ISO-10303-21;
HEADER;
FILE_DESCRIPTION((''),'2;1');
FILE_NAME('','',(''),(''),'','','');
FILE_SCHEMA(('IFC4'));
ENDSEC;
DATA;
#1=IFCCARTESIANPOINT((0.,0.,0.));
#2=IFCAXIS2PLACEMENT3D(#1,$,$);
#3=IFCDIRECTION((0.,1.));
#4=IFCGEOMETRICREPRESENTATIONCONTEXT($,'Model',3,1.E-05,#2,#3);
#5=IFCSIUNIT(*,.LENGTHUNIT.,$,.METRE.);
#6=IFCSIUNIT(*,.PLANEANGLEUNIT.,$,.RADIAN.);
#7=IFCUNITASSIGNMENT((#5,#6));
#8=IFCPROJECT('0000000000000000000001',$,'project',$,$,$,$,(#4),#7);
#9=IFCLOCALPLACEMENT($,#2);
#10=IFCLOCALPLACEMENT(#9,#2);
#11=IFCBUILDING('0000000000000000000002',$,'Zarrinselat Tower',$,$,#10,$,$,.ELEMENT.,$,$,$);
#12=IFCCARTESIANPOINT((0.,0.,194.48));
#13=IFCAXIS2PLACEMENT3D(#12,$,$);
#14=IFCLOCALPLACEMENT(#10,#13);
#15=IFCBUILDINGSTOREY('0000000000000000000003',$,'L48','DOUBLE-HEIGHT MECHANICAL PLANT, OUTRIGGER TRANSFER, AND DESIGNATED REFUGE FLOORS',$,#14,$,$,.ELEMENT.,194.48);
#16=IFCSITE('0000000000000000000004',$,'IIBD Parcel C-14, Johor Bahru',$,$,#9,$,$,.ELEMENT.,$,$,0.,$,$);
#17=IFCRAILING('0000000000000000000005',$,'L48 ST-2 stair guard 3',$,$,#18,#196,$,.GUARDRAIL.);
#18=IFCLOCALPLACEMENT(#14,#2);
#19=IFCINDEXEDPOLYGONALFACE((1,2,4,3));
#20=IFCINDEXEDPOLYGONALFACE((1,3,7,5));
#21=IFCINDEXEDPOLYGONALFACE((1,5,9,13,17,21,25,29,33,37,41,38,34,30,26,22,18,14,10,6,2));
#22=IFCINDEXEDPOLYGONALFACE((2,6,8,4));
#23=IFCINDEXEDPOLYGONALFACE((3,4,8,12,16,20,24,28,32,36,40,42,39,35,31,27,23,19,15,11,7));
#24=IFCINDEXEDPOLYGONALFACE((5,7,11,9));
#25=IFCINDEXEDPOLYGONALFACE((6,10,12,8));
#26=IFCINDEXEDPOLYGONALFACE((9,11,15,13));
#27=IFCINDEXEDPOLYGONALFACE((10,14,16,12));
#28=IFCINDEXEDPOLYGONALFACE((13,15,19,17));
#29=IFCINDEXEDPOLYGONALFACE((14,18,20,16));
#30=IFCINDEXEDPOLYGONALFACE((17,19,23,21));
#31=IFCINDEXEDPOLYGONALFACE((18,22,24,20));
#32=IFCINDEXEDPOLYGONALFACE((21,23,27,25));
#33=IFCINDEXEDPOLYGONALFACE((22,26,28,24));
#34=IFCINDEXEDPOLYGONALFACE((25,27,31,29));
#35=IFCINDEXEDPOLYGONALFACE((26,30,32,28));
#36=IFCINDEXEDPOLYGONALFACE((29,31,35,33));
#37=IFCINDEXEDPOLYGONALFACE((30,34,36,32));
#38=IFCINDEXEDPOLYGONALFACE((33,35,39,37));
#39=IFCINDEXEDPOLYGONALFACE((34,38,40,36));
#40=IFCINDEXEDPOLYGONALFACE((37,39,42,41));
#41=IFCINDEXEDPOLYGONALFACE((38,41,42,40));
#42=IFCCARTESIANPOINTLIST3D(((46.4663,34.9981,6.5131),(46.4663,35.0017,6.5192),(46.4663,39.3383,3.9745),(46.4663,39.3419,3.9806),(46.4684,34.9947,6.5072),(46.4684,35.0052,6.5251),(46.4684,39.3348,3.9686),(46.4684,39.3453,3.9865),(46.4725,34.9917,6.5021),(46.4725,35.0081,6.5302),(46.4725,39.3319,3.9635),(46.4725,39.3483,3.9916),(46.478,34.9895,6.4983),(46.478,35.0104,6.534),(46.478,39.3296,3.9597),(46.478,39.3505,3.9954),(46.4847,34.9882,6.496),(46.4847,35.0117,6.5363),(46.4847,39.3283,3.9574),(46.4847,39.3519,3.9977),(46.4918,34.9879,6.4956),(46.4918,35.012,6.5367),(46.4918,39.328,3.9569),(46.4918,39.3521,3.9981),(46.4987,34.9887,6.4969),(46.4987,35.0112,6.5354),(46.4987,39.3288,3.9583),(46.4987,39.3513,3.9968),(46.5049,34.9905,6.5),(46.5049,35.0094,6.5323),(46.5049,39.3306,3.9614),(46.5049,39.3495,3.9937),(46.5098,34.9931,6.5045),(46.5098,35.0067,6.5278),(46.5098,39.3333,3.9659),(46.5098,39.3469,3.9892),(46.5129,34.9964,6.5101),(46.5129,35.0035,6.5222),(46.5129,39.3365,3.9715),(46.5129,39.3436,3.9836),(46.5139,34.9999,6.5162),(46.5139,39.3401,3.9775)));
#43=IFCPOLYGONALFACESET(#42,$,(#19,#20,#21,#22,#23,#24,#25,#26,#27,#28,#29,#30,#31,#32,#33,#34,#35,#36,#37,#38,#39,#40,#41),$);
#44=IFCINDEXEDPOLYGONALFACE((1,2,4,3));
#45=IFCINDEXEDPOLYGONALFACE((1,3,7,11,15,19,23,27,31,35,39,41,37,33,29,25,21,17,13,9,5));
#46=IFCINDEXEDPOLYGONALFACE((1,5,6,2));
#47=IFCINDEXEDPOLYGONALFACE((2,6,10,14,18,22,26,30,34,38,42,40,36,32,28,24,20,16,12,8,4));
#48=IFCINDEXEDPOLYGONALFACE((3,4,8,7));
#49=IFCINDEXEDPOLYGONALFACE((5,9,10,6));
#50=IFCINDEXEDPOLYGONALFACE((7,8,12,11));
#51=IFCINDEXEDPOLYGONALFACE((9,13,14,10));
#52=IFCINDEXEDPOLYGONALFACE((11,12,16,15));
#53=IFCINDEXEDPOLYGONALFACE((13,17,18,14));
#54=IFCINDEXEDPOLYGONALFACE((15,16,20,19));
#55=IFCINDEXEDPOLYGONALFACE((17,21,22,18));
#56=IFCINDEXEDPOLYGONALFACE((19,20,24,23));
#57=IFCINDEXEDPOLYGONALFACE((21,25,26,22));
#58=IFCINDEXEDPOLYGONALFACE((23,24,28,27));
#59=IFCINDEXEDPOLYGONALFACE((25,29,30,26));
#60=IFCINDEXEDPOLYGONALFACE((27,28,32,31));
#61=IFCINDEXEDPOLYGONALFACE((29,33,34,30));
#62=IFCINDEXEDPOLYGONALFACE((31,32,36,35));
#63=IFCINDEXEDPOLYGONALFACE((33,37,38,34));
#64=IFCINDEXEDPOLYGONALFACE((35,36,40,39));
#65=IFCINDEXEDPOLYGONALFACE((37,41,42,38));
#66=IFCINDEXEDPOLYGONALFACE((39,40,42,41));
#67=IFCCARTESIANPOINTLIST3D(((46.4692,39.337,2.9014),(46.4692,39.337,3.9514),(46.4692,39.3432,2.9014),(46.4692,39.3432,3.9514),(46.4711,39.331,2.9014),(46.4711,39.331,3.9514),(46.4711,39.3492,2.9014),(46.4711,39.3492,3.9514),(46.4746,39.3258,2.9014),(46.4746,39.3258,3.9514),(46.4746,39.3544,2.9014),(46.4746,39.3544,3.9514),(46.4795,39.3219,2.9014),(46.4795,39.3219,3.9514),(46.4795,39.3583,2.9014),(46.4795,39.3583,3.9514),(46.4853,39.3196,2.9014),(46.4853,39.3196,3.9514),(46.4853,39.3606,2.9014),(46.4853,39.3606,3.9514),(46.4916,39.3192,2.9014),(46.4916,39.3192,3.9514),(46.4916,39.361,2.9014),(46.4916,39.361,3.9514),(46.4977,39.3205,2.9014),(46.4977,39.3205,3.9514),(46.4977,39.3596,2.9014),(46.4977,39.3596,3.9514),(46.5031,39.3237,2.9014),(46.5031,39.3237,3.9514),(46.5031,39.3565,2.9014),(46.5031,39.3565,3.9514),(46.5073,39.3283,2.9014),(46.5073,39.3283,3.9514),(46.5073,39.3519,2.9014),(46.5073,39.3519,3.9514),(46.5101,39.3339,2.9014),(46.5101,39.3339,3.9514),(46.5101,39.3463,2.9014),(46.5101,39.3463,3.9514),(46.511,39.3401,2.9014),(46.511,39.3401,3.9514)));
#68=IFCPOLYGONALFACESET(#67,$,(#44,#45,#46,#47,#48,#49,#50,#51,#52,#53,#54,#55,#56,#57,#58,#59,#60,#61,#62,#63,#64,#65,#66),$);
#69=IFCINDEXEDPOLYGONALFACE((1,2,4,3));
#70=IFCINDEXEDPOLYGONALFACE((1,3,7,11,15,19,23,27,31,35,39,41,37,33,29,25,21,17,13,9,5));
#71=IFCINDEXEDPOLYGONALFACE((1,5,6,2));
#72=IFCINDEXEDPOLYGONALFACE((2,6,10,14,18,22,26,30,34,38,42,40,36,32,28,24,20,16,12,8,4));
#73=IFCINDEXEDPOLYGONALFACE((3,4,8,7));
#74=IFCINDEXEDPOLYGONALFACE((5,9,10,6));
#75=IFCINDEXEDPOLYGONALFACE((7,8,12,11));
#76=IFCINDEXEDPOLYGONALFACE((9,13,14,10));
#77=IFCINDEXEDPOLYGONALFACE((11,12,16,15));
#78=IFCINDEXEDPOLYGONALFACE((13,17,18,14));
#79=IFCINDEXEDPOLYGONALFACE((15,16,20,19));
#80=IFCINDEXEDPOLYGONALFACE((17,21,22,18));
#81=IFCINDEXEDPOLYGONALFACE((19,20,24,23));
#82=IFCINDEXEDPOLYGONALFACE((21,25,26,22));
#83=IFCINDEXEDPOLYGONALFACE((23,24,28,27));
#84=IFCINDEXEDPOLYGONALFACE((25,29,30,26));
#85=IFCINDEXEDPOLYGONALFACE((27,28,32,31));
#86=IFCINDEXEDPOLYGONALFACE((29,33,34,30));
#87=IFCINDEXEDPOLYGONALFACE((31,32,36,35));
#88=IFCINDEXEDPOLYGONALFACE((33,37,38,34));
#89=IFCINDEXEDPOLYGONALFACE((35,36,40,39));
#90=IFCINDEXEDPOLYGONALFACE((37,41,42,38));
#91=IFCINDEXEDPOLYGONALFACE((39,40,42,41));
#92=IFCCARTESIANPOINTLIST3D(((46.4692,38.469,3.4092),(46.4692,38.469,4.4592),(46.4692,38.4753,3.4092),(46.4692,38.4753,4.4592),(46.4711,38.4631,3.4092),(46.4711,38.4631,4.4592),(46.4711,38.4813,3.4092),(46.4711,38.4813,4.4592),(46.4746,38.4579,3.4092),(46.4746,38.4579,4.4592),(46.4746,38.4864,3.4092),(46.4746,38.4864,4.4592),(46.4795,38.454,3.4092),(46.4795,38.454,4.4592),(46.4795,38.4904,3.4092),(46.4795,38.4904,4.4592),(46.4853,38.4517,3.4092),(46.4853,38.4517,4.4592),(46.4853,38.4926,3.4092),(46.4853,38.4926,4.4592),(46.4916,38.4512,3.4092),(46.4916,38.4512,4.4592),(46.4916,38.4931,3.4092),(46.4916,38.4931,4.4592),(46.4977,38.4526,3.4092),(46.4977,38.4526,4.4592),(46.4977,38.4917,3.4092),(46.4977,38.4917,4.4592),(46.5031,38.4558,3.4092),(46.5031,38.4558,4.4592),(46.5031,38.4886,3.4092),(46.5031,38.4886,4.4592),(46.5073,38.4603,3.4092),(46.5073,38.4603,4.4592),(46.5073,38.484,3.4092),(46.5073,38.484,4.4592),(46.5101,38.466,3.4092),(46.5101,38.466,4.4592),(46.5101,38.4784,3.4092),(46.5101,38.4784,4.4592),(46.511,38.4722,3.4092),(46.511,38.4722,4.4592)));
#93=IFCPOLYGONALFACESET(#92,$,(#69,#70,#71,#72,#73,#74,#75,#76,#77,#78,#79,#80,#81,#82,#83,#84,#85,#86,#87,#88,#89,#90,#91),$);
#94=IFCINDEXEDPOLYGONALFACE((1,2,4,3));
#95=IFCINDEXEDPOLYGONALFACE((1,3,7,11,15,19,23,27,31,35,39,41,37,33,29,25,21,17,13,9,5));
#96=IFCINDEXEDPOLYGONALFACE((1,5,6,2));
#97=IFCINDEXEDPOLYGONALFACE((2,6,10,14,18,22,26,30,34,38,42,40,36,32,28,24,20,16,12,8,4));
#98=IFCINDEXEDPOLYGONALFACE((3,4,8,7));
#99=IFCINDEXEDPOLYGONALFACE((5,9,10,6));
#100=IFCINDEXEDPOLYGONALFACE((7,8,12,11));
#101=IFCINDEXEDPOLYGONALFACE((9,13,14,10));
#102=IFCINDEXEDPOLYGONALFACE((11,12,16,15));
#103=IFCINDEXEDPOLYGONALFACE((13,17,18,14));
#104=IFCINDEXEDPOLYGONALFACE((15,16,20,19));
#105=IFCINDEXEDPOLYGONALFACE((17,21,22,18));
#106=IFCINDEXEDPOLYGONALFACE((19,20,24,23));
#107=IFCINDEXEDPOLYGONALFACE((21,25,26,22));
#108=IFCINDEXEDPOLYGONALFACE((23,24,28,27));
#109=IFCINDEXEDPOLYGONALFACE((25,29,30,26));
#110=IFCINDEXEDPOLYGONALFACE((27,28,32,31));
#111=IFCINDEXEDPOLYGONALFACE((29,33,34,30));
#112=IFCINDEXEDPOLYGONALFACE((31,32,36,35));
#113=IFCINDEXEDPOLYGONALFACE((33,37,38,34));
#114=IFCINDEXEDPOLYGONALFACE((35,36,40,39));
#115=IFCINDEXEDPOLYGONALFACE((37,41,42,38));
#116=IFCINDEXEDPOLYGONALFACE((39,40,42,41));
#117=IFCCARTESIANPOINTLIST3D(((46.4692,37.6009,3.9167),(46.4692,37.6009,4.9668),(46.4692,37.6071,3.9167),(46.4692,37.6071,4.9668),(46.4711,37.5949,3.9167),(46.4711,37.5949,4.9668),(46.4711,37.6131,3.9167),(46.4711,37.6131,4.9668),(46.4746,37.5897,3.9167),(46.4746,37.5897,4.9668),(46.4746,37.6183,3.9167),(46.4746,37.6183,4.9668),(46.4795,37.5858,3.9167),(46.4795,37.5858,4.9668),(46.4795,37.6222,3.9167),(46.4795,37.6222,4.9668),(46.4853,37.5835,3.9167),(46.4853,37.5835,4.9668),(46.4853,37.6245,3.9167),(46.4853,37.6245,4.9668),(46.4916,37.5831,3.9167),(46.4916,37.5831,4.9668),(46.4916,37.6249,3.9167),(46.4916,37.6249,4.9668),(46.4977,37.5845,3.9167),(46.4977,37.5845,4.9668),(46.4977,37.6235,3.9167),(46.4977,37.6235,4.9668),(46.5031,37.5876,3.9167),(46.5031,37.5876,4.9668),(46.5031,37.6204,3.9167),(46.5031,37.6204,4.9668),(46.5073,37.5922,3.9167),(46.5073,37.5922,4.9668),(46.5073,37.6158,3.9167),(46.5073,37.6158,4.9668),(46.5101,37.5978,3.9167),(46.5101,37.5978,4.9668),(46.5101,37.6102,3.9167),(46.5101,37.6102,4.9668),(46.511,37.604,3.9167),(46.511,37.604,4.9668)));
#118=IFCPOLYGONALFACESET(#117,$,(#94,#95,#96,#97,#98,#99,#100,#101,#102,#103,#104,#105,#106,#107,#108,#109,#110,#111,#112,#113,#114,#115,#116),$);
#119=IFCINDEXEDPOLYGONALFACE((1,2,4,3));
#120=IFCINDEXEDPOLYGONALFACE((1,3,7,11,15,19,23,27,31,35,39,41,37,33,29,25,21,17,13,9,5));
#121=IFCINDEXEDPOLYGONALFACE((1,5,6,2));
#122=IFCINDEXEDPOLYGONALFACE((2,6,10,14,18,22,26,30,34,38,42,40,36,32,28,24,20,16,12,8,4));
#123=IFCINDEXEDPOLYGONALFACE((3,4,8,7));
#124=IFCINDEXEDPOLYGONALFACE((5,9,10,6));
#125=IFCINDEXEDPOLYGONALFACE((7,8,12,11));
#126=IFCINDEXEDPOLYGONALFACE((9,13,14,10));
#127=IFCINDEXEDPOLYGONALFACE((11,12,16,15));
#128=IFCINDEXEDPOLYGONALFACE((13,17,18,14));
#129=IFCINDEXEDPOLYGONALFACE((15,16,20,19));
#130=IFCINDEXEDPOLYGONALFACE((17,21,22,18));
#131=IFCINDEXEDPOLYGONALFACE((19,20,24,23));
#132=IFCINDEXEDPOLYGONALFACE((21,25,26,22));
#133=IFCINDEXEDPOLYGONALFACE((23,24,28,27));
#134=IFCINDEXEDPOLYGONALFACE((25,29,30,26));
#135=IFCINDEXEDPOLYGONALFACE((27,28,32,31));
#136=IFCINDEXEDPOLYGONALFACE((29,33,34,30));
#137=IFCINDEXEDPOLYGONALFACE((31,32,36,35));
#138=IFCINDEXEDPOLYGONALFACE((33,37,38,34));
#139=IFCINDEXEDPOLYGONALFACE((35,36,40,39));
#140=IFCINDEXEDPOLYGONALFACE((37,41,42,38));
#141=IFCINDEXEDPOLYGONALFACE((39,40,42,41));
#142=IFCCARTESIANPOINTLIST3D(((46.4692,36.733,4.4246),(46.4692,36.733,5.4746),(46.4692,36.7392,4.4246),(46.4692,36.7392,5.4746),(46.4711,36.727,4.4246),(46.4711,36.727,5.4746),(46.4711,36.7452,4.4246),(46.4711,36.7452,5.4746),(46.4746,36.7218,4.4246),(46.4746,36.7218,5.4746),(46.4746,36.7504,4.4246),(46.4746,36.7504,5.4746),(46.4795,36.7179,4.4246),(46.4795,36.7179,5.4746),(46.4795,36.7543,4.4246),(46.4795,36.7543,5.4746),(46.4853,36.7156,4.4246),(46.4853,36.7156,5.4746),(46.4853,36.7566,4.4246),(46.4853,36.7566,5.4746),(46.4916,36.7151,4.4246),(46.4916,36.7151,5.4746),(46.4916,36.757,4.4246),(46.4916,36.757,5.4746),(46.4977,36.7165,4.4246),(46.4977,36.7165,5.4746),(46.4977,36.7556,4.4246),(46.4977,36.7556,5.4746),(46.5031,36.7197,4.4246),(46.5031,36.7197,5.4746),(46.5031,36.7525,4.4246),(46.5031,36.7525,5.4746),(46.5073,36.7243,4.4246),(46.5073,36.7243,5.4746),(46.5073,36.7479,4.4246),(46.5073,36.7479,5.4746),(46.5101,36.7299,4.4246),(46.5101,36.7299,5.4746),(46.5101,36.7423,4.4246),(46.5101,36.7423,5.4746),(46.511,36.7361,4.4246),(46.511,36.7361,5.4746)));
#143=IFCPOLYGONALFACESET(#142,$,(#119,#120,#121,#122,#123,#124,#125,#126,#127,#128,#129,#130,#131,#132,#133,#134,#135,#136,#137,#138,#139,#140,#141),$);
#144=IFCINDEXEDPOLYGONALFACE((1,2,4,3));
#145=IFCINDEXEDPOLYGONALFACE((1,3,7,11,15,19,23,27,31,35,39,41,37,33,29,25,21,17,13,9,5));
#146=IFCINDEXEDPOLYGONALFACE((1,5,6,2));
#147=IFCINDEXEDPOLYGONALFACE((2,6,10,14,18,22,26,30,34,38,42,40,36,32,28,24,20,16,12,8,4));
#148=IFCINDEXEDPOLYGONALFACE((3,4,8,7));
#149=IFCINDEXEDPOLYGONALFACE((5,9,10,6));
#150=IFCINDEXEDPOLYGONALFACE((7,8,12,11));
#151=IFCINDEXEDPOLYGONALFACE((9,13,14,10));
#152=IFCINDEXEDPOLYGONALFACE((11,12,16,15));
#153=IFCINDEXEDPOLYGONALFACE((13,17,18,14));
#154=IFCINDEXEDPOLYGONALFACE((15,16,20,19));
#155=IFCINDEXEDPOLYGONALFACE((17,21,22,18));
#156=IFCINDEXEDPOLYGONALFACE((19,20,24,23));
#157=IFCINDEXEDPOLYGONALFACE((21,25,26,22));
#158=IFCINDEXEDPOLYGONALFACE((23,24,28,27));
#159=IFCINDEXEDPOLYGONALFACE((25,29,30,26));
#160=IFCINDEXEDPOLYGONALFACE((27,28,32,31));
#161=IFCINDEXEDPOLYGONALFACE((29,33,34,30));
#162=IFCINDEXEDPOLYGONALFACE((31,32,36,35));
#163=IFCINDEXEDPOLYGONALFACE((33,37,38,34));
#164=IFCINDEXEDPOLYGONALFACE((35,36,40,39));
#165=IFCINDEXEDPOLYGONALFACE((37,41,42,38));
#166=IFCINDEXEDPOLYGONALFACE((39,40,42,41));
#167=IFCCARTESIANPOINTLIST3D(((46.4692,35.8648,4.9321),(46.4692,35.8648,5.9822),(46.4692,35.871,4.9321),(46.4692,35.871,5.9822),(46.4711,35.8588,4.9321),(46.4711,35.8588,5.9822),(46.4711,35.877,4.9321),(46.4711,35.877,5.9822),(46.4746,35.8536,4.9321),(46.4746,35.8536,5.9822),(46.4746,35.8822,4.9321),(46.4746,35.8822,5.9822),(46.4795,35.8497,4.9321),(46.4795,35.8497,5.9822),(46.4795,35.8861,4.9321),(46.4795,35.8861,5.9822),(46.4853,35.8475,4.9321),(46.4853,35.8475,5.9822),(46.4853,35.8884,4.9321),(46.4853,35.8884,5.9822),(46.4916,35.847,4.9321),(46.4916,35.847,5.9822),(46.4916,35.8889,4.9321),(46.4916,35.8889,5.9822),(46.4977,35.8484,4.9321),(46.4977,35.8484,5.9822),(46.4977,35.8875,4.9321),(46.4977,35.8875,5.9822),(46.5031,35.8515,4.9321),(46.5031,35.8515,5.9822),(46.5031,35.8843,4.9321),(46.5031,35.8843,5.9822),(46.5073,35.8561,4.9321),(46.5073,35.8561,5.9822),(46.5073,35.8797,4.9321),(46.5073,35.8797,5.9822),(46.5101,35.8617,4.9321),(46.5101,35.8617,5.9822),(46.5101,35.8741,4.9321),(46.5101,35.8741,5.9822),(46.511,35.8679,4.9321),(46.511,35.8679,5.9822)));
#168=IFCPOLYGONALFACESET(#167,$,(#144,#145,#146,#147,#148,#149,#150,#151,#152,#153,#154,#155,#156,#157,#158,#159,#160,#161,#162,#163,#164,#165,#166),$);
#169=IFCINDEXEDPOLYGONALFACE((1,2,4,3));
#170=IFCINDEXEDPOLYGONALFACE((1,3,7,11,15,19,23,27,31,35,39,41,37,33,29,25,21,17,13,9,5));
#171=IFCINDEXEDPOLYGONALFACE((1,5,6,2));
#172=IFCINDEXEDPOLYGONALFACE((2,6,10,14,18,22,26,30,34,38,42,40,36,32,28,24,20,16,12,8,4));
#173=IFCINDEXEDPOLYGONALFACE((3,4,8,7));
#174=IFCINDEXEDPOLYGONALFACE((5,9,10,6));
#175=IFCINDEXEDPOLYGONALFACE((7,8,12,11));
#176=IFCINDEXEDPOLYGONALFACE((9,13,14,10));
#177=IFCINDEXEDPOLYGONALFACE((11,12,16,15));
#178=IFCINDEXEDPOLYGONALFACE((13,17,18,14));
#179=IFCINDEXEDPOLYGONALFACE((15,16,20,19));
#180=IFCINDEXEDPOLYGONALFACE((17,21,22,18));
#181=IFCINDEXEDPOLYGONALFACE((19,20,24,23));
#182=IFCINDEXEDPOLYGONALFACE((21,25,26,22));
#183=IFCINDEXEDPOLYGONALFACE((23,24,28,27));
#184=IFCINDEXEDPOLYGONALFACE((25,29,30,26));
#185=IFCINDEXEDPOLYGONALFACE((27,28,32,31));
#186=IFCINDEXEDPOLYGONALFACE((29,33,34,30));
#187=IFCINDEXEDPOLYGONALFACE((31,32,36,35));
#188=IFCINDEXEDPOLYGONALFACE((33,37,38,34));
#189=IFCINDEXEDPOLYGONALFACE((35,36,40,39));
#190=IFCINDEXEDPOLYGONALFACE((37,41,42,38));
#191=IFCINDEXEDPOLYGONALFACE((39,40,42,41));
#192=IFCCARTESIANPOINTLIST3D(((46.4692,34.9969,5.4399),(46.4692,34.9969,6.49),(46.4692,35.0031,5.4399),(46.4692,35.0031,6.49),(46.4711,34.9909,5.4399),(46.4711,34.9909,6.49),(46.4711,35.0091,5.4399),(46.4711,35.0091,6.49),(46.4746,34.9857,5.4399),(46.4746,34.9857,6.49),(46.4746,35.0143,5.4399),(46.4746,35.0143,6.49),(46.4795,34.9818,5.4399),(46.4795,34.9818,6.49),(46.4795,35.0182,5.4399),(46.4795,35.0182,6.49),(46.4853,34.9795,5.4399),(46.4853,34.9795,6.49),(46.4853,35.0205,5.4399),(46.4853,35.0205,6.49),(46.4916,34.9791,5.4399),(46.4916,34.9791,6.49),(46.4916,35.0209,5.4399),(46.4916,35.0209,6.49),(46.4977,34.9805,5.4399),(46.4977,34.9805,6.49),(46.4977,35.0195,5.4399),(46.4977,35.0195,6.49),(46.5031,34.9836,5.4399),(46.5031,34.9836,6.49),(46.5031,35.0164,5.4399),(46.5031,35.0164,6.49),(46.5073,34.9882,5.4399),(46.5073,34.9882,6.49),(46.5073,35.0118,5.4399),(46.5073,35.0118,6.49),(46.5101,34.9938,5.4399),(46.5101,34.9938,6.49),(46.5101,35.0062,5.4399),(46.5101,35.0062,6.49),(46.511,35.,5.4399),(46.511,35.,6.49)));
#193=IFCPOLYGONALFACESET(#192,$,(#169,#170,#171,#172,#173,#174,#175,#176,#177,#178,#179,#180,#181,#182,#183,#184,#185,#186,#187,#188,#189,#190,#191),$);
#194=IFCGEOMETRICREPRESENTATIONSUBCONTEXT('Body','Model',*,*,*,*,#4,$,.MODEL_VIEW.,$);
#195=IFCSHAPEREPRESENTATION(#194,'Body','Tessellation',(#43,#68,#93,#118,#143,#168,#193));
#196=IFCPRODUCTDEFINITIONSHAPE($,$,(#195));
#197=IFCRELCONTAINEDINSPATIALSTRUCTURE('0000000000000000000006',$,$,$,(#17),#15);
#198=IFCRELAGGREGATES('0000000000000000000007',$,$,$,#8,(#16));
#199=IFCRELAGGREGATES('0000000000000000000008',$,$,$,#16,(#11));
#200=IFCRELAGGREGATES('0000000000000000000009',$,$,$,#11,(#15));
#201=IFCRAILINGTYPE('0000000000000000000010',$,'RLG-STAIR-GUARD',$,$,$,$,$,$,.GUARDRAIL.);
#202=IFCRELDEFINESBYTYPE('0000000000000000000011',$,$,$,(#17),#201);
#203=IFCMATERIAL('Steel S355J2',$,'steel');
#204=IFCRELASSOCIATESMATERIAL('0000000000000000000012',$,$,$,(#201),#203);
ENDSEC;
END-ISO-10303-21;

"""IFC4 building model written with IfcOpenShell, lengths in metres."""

from ifc_helpers import new_model, si_unit, direction, frame, origin, origin_2d, place, context, subcontext, project, spatial, circle, extrude, material, type_object, element, save


model = new_model("IFC4")

# Units and contexts
model_context = context("Model", 3, precision=1e-05, world=origin(), true_north=direction((0.0, 1.0)))
body_context = subcontext(model_context, "Body", "Model", "MODEL_VIEW")
ifc_project = project(units=[si_unit("LENGTHUNIT", "METRE"), si_unit("PLANEANGLEUNIT", "RADIAN")], contexts=[model_context])

# Site, building, storey
site_placement = place(None, origin())
site = spatial("IfcSite", under=ifc_project, at=site_placement, Name="IIBD Parcel C-14, Johor Bahru", CompositionType="ELEMENT", RefElevation=0.0)
building_placement = place(site_placement, origin())
building = spatial("IfcBuilding", under=site, at=building_placement, Name="Zarrinselat Tower", CompositionType="ELEMENT")
storey_placement = place(building_placement, frame((0.0, 0.0, 194.48)))
storey = spatial("IfcBuildingStorey", under=building, at=storey_placement, Name="L48", Description="DOUBLE-HEIGHT MECHANICAL PLANT, OUTRIGGER TRANSFER, AND DESIGNATED REFUGE FLOORS", CompositionType="ELEMENT", Elevation=194.48)

# Railing
ifc_material_1 = material(Name="Steel S355J2", Category="steel")
railing_type_1 = type_object("IfcRailingType", Name="RLG-STAIR-GUARD", PredefinedType="GUARDRAIL", material=ifc_material_1)
railing_1_placement = place(storey_placement, frame((46.49, 39.3401, 2.9014)))
element("IfcRailing", 1, at=railing_1_placement, inside=storey, type_object=railing_type_1, Name="L48 ST-2 stair guard 3", PredefinedType="GUARDRAIL", context=body_context, shape_type="SweptSolid", body=[
    extrude(circle(Radius=0.0239, at=origin_2d()), frame((0.0, 0.0, 1.0762), z_axis=(0.0, -0.863185, 0.504888), x_axis=(1.0, 0.0, 0.0)), (0.0, 0.0, 1.0), 5.0281),
    extrude(circle(Radius=0.021, at=origin_2d()), origin(), (0.0, 0.0, 1.0), 1.05),
    extrude(circle(Radius=0.021, at=origin_2d()), frame((0.0, -0.8679, 0.5078)), (0.0, 0.0, 1.0), 1.05),
    extrude(circle(Radius=0.021, at=origin_2d()), frame((0.0, -1.7361, 1.0154)), (0.0, 0.0, 1.0), 1.05),
    extrude(circle(Radius=0.021, at=origin_2d()), frame((0.0, -2.604, 1.5232)), (0.0, 0.0, 1.0), 1.05),
    extrude(circle(Radius=0.021, at=origin_2d()), frame((0.0, -3.4722, 2.0308)), (0.0, 0.0, 1.0), 1.05),
    extrude(circle(Radius=0.021, at=origin_2d()), frame((0.0, -4.3401, 2.5386)), (0.0, 0.0, 1.0), 1.05),
])

save(model, "model.ifc")
